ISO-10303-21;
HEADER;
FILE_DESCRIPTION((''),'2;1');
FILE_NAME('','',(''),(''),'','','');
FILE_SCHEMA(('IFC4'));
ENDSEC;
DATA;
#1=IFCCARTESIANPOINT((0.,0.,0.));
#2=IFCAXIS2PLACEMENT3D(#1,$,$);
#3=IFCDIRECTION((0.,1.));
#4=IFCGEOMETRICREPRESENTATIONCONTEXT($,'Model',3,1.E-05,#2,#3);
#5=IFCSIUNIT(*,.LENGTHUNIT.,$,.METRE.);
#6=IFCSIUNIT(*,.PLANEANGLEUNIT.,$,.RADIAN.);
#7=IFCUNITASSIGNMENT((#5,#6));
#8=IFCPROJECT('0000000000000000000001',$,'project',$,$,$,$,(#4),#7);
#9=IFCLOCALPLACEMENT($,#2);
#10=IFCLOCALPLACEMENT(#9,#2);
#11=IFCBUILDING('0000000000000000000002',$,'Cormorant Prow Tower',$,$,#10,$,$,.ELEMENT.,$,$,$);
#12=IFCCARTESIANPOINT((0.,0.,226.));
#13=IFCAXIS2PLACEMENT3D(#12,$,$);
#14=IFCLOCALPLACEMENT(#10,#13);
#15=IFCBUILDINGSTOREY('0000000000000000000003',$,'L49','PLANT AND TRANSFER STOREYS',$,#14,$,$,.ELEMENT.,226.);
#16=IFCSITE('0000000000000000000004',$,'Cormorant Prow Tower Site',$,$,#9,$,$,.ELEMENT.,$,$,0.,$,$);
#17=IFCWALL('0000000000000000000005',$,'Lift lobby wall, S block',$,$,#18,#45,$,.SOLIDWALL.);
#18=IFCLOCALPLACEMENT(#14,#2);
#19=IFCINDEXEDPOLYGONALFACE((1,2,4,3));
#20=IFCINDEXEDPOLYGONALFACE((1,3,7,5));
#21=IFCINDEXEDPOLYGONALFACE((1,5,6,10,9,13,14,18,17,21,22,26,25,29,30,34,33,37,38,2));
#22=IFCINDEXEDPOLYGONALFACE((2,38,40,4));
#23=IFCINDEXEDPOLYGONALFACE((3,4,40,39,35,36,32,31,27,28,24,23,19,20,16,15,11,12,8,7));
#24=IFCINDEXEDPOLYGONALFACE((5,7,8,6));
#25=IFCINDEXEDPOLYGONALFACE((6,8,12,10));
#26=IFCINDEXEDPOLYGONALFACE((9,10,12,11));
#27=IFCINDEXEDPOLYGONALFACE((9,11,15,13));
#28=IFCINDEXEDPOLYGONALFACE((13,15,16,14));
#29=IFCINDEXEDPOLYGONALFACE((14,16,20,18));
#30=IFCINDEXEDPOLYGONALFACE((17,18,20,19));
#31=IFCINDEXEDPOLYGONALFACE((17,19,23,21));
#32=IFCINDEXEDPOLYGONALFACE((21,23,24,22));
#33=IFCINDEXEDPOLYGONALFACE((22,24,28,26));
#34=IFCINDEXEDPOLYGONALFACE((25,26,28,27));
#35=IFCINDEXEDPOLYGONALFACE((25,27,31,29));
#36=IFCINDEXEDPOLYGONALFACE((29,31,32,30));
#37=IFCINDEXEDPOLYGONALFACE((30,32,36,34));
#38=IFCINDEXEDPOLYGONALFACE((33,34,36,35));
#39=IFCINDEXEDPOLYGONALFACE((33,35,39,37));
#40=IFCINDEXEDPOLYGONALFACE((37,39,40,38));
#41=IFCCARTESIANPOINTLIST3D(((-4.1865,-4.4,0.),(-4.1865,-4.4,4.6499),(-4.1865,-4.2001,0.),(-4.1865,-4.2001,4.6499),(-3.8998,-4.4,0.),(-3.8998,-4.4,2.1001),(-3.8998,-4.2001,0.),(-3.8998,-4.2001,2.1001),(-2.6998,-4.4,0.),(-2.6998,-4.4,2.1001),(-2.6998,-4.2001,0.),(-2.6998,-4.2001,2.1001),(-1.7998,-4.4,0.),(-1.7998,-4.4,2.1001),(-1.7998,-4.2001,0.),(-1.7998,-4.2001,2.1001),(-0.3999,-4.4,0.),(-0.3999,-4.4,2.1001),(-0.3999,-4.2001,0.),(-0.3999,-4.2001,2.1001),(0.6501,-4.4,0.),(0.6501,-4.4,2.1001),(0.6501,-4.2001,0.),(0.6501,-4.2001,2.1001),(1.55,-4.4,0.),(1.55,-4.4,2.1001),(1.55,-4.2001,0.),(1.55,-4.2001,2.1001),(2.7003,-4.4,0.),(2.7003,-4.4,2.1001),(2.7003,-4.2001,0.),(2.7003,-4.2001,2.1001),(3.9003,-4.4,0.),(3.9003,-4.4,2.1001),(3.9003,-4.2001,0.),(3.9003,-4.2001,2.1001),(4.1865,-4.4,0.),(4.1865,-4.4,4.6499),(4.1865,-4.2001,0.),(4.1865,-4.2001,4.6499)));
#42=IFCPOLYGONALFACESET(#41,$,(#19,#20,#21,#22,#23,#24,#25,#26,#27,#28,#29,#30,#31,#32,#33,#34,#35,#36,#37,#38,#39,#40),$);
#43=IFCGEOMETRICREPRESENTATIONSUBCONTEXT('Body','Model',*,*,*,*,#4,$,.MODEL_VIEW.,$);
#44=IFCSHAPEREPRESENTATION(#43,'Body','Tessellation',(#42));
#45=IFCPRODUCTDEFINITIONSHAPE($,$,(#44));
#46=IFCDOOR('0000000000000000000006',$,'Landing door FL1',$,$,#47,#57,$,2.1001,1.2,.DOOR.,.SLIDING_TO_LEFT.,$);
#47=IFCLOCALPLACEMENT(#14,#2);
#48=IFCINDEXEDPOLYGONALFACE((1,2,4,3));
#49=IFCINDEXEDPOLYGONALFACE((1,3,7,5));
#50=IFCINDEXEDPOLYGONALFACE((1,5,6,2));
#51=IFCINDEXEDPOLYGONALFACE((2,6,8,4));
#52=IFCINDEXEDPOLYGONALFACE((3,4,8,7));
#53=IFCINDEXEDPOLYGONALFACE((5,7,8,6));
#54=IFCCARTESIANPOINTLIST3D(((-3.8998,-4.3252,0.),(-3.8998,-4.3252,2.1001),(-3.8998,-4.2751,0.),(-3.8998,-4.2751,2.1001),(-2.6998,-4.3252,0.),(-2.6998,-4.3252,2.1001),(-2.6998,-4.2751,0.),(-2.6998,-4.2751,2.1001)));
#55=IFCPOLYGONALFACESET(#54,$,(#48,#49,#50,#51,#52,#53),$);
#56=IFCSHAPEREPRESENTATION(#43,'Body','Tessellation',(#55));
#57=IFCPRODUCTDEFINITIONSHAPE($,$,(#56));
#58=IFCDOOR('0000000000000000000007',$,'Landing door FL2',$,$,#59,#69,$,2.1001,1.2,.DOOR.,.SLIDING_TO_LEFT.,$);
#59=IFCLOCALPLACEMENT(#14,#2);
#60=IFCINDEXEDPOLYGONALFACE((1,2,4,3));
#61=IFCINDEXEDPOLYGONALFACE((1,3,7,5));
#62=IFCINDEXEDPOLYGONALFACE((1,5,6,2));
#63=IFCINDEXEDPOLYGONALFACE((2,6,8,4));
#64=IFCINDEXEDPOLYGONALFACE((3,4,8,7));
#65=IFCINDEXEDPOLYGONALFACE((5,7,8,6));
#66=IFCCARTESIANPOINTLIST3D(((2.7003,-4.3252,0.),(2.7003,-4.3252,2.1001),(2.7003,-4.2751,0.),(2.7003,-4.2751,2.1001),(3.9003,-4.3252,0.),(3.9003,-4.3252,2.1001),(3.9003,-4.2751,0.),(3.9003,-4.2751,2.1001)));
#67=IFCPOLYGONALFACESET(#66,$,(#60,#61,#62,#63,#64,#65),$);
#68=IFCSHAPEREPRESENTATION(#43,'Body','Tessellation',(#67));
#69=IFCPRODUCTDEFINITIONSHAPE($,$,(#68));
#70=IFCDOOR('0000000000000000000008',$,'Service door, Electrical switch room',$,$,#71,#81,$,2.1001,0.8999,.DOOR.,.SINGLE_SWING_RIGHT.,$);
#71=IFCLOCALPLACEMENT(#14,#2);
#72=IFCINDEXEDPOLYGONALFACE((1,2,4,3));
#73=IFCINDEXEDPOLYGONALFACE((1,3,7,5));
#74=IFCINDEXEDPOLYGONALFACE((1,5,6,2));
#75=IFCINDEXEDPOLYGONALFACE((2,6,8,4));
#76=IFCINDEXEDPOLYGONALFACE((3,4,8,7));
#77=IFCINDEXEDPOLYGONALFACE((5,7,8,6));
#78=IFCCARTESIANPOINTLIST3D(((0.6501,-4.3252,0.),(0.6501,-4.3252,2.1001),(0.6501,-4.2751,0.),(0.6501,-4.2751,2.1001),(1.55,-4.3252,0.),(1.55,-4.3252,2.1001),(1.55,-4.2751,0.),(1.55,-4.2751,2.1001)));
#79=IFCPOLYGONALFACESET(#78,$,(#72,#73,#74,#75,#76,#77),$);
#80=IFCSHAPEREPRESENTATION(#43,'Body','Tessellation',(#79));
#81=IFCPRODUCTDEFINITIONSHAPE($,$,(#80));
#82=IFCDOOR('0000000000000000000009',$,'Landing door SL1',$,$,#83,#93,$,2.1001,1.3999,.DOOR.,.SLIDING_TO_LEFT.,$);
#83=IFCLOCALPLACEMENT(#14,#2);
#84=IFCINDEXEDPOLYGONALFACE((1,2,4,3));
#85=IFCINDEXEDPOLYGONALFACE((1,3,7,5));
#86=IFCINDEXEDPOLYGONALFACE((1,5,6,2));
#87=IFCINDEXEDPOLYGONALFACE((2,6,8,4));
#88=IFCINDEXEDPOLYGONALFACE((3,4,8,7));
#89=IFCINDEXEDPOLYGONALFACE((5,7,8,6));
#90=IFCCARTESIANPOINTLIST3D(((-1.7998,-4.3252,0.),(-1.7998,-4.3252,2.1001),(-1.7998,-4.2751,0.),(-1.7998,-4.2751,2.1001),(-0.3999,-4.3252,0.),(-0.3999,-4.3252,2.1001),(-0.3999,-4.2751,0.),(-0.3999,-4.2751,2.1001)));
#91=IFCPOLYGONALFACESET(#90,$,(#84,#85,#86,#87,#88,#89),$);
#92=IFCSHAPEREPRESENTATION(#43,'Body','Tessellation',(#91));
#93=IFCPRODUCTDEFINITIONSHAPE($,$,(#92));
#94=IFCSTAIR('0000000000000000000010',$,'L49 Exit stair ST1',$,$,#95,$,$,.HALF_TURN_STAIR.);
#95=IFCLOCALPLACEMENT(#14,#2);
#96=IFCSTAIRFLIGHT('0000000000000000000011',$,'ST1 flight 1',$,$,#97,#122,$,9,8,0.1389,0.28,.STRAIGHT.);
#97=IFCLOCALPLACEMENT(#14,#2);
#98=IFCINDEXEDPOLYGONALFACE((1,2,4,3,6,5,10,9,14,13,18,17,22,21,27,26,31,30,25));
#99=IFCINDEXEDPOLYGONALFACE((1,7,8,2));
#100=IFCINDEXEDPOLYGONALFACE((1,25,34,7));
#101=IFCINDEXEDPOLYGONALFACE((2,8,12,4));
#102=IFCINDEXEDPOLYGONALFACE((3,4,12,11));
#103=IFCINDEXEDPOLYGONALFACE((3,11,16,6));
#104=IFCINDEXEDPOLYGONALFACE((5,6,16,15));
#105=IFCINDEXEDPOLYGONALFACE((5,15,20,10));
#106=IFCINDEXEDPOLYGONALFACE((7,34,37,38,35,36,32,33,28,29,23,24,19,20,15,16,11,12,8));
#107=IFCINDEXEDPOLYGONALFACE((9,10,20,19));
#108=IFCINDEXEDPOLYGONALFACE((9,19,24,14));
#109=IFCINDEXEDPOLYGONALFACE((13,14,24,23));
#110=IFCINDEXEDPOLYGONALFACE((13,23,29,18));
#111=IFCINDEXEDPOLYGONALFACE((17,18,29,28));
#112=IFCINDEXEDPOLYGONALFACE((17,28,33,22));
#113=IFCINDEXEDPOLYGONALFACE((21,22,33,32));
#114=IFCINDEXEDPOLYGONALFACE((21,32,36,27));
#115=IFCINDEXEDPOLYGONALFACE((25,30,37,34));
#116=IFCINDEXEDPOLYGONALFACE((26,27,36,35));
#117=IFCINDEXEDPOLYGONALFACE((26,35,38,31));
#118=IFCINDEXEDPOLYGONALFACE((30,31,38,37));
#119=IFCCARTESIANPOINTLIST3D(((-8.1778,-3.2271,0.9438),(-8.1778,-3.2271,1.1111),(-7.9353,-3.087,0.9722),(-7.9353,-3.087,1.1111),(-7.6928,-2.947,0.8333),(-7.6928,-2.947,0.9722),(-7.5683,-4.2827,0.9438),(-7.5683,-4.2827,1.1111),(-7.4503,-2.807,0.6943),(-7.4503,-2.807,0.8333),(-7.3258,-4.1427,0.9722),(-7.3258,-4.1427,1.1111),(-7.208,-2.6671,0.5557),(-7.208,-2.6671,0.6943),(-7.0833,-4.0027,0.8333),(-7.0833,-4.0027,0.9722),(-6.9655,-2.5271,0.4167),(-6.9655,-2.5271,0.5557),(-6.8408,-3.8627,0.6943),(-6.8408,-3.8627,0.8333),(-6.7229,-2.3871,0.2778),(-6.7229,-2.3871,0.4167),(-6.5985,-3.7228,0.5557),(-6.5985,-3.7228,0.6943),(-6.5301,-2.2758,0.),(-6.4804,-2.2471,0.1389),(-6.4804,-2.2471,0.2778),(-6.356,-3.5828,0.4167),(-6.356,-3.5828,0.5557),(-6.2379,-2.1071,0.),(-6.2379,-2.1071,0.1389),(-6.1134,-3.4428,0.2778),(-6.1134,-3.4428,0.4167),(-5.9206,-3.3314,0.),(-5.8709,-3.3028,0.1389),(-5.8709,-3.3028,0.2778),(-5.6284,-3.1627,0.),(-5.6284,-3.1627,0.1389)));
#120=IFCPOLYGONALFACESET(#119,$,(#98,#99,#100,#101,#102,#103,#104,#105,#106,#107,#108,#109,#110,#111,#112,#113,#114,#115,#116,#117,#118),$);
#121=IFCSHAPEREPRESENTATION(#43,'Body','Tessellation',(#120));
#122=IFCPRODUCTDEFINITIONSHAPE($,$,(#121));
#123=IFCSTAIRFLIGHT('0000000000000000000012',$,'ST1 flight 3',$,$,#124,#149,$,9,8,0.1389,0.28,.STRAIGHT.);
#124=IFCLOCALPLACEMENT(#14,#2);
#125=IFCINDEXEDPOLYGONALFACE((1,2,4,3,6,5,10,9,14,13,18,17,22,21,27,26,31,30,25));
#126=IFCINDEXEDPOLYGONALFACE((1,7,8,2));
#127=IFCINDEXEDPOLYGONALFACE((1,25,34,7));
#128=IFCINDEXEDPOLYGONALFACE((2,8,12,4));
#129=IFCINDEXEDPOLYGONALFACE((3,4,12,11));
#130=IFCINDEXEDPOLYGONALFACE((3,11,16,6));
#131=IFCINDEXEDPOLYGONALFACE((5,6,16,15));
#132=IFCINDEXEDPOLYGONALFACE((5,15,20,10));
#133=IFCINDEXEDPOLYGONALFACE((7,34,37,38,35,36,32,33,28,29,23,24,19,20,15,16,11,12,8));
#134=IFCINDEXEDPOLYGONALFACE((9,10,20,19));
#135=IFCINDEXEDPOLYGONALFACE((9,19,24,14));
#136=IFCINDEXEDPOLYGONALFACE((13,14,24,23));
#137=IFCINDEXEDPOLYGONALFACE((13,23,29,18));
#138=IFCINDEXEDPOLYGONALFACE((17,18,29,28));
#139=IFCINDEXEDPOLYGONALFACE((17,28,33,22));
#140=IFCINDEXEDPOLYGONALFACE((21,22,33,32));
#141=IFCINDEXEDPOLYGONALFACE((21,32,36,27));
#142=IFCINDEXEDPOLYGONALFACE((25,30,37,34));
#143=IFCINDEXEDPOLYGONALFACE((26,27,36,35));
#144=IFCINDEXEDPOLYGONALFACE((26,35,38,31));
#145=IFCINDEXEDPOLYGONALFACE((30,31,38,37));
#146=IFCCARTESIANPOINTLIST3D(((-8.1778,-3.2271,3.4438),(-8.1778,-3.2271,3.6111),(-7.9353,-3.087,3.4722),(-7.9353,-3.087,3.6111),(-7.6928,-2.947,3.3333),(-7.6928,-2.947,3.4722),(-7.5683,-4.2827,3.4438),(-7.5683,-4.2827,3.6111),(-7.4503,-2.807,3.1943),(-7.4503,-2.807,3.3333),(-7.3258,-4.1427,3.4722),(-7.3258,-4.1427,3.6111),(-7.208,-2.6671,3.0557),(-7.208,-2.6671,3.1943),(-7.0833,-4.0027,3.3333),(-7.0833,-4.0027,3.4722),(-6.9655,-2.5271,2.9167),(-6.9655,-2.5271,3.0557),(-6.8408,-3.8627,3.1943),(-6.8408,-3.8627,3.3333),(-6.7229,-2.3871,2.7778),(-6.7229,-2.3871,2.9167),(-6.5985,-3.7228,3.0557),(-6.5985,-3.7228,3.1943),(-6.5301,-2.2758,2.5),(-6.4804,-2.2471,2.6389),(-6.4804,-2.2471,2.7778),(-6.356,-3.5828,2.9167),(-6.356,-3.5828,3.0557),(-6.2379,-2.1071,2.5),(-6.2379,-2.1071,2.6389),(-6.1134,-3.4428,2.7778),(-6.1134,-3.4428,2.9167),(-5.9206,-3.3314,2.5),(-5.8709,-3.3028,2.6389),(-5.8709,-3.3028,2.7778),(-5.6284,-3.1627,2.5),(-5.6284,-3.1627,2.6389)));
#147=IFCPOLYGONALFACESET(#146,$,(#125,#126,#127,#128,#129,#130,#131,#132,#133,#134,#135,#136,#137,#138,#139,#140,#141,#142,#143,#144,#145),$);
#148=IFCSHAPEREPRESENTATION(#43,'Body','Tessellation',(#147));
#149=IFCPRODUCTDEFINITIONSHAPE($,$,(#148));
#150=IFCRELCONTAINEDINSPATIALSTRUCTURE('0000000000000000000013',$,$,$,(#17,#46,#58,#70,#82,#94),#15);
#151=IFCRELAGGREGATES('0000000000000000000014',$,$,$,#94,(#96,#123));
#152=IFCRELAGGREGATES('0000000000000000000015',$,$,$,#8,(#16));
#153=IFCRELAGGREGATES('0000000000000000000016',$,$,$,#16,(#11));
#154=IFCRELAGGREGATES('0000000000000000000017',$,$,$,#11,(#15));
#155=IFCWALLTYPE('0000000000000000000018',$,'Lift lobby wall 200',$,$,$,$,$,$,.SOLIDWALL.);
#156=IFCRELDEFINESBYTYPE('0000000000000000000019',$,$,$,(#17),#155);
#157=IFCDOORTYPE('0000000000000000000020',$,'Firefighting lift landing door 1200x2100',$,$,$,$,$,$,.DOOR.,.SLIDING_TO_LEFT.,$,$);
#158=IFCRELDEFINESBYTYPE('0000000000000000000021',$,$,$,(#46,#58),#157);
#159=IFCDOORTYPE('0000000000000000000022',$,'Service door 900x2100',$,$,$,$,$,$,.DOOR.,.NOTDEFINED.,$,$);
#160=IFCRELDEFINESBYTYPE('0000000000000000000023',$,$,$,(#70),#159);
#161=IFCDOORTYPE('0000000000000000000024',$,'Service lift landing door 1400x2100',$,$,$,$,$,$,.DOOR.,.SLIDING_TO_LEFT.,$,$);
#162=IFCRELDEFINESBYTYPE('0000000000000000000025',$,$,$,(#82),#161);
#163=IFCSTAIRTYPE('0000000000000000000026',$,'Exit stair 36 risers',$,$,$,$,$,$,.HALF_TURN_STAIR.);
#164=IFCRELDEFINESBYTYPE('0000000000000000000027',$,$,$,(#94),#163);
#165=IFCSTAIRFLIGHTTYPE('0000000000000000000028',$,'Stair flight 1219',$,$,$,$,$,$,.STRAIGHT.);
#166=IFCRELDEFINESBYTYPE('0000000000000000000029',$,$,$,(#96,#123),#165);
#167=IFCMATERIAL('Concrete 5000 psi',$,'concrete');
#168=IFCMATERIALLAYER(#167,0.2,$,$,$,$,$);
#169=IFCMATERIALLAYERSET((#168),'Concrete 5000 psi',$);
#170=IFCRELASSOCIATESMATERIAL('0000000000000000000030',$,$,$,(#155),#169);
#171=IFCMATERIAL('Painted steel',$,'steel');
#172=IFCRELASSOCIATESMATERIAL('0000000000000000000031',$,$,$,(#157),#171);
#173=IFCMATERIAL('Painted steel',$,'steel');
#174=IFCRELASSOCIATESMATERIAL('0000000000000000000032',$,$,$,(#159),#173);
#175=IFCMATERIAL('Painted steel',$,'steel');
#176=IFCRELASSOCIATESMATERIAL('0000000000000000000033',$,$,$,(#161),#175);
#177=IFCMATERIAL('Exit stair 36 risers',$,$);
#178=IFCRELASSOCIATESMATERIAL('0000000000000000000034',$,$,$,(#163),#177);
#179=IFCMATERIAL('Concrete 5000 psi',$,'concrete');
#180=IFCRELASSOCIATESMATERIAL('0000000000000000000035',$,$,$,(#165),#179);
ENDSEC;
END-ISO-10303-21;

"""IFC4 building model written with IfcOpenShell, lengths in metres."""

from ifc_helpers import new_model, si_unit, direction, frame, frame_2d, origin, place, context, subcontext, project, spatial, polyline, rectangle, outline, extrude, material, layer, layer_set, type_object, element, fill, aggregate, save


model = new_model("IFC4")

# Units and contexts
model_context = context("Model", 3, precision=1e-05, world=origin(), true_north=direction((0.0, 1.0)))
body_context = subcontext(model_context, "Body", "Model", "MODEL_VIEW")
ifc_project = project(units=[si_unit("LENGTHUNIT", "METRE"), si_unit("PLANEANGLEUNIT", "RADIAN")], contexts=[model_context])

# Site, building, storey
site_placement = place(None, origin())
site = spatial("IfcSite", under=ifc_project, at=site_placement, Name="Cormorant Prow Tower Site", CompositionType="ELEMENT", RefElevation=0.0)
building_placement = place(site_placement, origin())
building = spatial("IfcBuilding", under=site, at=building_placement, Name="Cormorant Prow Tower", CompositionType="ELEMENT")
storey_placement = place(building_placement, frame((0.0, 0.0, 226.0)))
storey = spatial("IfcBuildingStorey", under=building, at=storey_placement, Name="L49", Description="PLANT AND TRANSFER STOREYS", CompositionType="ELEMENT", Elevation=226.0)

# Wall, openings, doors
ifc_material_1 = material(Name="Concrete 5000 psi", Category="concrete")
ifc_layer_1 = layer(ifc_material_1, 0.2)
ifc_layer_set_1 = layer_set([ifc_layer_1], Name="Concrete 5000 psi")
wall_type_1 = type_object("IfcWallType", Name="Lift lobby wall 200", PredefinedType="SOLIDWALL", material=ifc_layer_set_1)
wall_1_placement = place(storey_placement, frame((-4.1865, -4.3, 0.0), z_axis=(0.0, 0.0, 1.0), x_axis=(1.0, 0.0, 0.0)))
wall_1 = element("IfcWall", 1, at=wall_1_placement, inside=storey, type_object=wall_type_1, Name="Lift lobby wall, S block", PredefinedType="SOLIDWALL", context=body_context, shape_type="SweptSolid", body=[
    extrude(rectangle(XDim=8.373, YDim=0.2, at=frame_2d((4.1865, 0.0))), origin(), (0.0, 0.0, 1.0), 4.6499),
])
opening_1_placement = place(wall_1_placement, frame((0.2866, 0.0, 0.0)))
opening_1 = element("IfcOpeningElement", 2, at=opening_1_placement, cuts=wall_1, PredefinedType="OPENING", context=body_context, shape_type="SweptSolid", body=[
    extrude(rectangle(XDim=1.2, YDim=2.1001, at=frame_2d((0.6001, 1.05))), frame((0.0, 0.1099, 0.0), z_axis=(0.0, -1.0, 0.0), x_axis=(1.0, 0.0, 0.0)), (0.0, 0.0, 1.0), 0.22),
])
opening_2_placement = place(wall_1_placement, frame((2.3867, 0.0, 0.0)))
opening_2 = element("IfcOpeningElement", 3, at=opening_2_placement, cuts=wall_1, PredefinedType="OPENING", context=body_context, shape_type="SweptSolid", body=[
    extrude(rectangle(XDim=1.3999, YDim=2.1001, at=frame_2d((0.7, 1.05))), frame((0.0, 0.1099, 0.0), z_axis=(0.0, -1.0, 0.0), x_axis=(1.0, 0.0, 0.0)), (0.0, 0.0, 1.0), 0.22),
])
opening_3_placement = place(wall_1_placement, frame((4.8367, 0.0, 0.0)))
opening_3 = element("IfcOpeningElement", 4, at=opening_3_placement, cuts=wall_1, PredefinedType="OPENING", context=body_context, shape_type="SweptSolid", body=[
    extrude(rectangle(XDim=0.8999, YDim=2.1001, at=frame_2d((0.45, 1.05))), frame((0.0, 0.1099, 0.0), z_axis=(0.0, -1.0, 0.0), x_axis=(1.0, 0.0, 0.0)), (0.0, 0.0, 1.0), 0.22),
])
opening_4_placement = place(wall_1_placement, frame((6.8867, 0.0, 0.0)))
opening_4 = element("IfcOpeningElement", 5, at=opening_4_placement, cuts=wall_1, PredefinedType="OPENING", context=body_context, shape_type="SweptSolid", body=[
    extrude(rectangle(XDim=1.2, YDim=2.1001, at=frame_2d((0.6001, 1.05))), frame((0.0, 0.1099, 0.0), z_axis=(0.0, -1.0, 0.0), x_axis=(1.0, 0.0, 0.0)), (0.0, 0.0, 1.0), 0.22),
])
ifc_material_2 = material(Name="Painted steel", Category="steel")
door_type_1 = type_object("IfcDoorType", Name="Firefighting lift landing door 1200x2100", OperationType="SLIDING_TO_LEFT", PredefinedType="DOOR", material=ifc_material_2)
door_1_placement = place(opening_1_placement, origin())
door_1 = element("IfcDoor", 6, at=door_1_placement, inside=storey, type_object=door_type_1, Name="Landing door FL1", OperationType="SLIDING_TO_LEFT", OverallHeight=2.1001, OverallWidth=1.2, PredefinedType="DOOR", context=body_context, shape_type="SweptSolid", body=[
    extrude(rectangle(XDim=1.2, YDim=2.1001, at=frame_2d((0.6001, 1.05))), frame((0.0, 0.0249, 0.0), z_axis=(0.0, -1.0, 0.0), x_axis=(1.0, 0.0, 0.0)), (0.0, 0.0, 1.0), 0.05),
])
fill(opening_1, door_1)
door_2_placement = place(opening_4_placement, origin())
door_2 = element("IfcDoor", 7, at=door_2_placement, inside=storey, type_object=door_type_1, Name="Landing door FL2", OperationType="SLIDING_TO_LEFT", OverallHeight=2.1001, OverallWidth=1.2, PredefinedType="DOOR", context=body_context, shape_type="SweptSolid", body=[
    extrude(rectangle(XDim=1.2, YDim=2.1001, at=frame_2d((0.6001, 1.05))), frame((0.0, 0.0249, 0.0), z_axis=(0.0, -1.0, 0.0), x_axis=(1.0, 0.0, 0.0)), (0.0, 0.0, 1.0), 0.05),
])
fill(opening_4, door_2)
ifc_material_3 = material(Name="Painted steel", Category="steel")
door_type_2 = type_object("IfcDoorType", Name="Service door 900x2100", OperationType="NOTDEFINED", PredefinedType="DOOR", material=ifc_material_3)
door_3_placement = place(opening_3_placement, origin())
door_3 = element("IfcDoor", 8, at=door_3_placement, inside=storey, type_object=door_type_2, Name="Service door, Electrical switch room", OperationType="SINGLE_SWING_RIGHT", OverallHeight=2.1001, OverallWidth=0.8999, PredefinedType="DOOR", context=body_context, shape_type="SweptSolid", body=[
    extrude(rectangle(XDim=0.8999, YDim=2.1001, at=frame_2d((0.45, 1.05))), frame((0.0, 0.0249, 0.0), z_axis=(0.0, -1.0, 0.0), x_axis=(1.0, 0.0, 0.0)), (0.0, 0.0, 1.0), 0.05),
])
fill(opening_3, door_3)
ifc_material_4 = material(Name="Painted steel", Category="steel")
door_type_3 = type_object("IfcDoorType", Name="Service lift landing door 1400x2100", OperationType="SLIDING_TO_LEFT", PredefinedType="DOOR", material=ifc_material_4)
door_4_placement = place(opening_2_placement, origin())
door_4 = element("IfcDoor", 9, at=door_4_placement, inside=storey, type_object=door_type_3, Name="Landing door SL1", OperationType="SLIDING_TO_LEFT", OverallHeight=2.1001, OverallWidth=1.3999, PredefinedType="DOOR", context=body_context, shape_type="SweptSolid", body=[
    extrude(rectangle(XDim=1.3999, YDim=2.1001, at=frame_2d((0.7, 1.05))), frame((0.0, 0.0249, 0.0), z_axis=(0.0, -1.0, 0.0), x_axis=(1.0, 0.0, 0.0)), (0.0, 0.0, 1.0), 0.05),
])
fill(opening_2, door_4)

# Stair, stair flights
ifc_material_5 = material(Name="Exit stair 36 risers")
stair_type = type_object("IfcStairType", Name="Exit stair 36 risers", PredefinedType="HALF_TURN_STAIR", material=ifc_material_5)
stair_placement = place(storey_placement, origin())
stair = element("IfcStair", 10, at=stair_placement, inside=storey, type_object=stair_type, Name="L49 Exit stair ST1", PredefinedType="HALF_TURN_STAIR")
ifc_material_6 = material(Name="Concrete 5000 psi", Category="concrete")
stair_flight_type = type_object("IfcStairFlightType", Name="Stair flight 1219", PredefinedType="STRAIGHT", material=ifc_material_6)
stair_flight_1_placement = place(storey_placement, frame((-5.9331, -2.635, 0.0), z_axis=(0.0, 0.0, 1.0), x_axis=(-0.866025, -0.5, 0.0)))
stair_flight_1 = element("IfcStairFlight", 11, at=stair_flight_1_placement, type_object=stair_flight_type, Name="ST1 flight 1", NumberOfRisers=9, NumberOfTreads=8, PredefinedType="STRAIGHT", RiserHeight=0.1389, TreadLength=0.28, context=body_context, shape_type="SweptSolid", body=[
    extrude(outline(polyline([(0.0, 0.0), (0.0, 0.1389), (0.28, 0.1389), (0.28, 0.2778), (0.5601, 0.2778), (0.5601, 0.4167), (0.8401, 0.4167), (0.8401, 0.5557), (1.1201, 0.5557), (1.1201, 0.6943), (1.3999, 0.6943), (1.3999, 0.8333), (1.6799, 0.8333), (1.6799, 0.9722), (1.96, 0.9722), (1.96, 1.1111), (2.24, 1.1111), (2.24, 1.25), (2.24, 0.9438), (0.3374, 0.0), (0.0, 0.0)])), frame((0.0, 0.6094, 0.0), z_axis=(0.0, -1.0, 0.0), x_axis=(1.0, 0.0, 0.0)), (0.0, 0.0, 1.0), 1.219),
])
stair_flight_2_placement = place(storey_placement, frame((-5.9331, -2.635, 2.5), z_axis=(0.0, 0.0, 1.0), x_axis=(-0.866025, -0.5, 0.0)))
stair_flight_2 = element("IfcStairFlight", 12, at=stair_flight_2_placement, type_object=stair_flight_type, Name="ST1 flight 3", NumberOfRisers=9, NumberOfTreads=8, PredefinedType="STRAIGHT", RiserHeight=0.1389, TreadLength=0.28, context=body_context, shape_type="SweptSolid", body=[
    extrude(outline(polyline([(0.0, 0.0), (0.0, 0.1389), (0.28, 0.1389), (0.28, 0.2778), (0.5601, 0.2778), (0.5601, 0.4167), (0.8401, 0.4167), (0.8401, 0.5557), (1.1201, 0.5557), (1.1201, 0.6943), (1.3999, 0.6943), (1.3999, 0.8333), (1.6799, 0.8333), (1.6799, 0.9722), (1.96, 0.9722), (1.96, 1.1111), (2.24, 1.1111), (2.24, 1.25), (2.24, 0.9438), (0.3374, 0.0), (0.0, 0.0)])), frame((0.0, 0.6094, 0.0), z_axis=(0.0, -1.0, 0.0), x_axis=(1.0, 0.0, 0.0)), (0.0, 0.0, 1.0), 1.219),
])
aggregate(stair, [stair_flight_1, stair_flight_2])

save(model, "model.ifc")
